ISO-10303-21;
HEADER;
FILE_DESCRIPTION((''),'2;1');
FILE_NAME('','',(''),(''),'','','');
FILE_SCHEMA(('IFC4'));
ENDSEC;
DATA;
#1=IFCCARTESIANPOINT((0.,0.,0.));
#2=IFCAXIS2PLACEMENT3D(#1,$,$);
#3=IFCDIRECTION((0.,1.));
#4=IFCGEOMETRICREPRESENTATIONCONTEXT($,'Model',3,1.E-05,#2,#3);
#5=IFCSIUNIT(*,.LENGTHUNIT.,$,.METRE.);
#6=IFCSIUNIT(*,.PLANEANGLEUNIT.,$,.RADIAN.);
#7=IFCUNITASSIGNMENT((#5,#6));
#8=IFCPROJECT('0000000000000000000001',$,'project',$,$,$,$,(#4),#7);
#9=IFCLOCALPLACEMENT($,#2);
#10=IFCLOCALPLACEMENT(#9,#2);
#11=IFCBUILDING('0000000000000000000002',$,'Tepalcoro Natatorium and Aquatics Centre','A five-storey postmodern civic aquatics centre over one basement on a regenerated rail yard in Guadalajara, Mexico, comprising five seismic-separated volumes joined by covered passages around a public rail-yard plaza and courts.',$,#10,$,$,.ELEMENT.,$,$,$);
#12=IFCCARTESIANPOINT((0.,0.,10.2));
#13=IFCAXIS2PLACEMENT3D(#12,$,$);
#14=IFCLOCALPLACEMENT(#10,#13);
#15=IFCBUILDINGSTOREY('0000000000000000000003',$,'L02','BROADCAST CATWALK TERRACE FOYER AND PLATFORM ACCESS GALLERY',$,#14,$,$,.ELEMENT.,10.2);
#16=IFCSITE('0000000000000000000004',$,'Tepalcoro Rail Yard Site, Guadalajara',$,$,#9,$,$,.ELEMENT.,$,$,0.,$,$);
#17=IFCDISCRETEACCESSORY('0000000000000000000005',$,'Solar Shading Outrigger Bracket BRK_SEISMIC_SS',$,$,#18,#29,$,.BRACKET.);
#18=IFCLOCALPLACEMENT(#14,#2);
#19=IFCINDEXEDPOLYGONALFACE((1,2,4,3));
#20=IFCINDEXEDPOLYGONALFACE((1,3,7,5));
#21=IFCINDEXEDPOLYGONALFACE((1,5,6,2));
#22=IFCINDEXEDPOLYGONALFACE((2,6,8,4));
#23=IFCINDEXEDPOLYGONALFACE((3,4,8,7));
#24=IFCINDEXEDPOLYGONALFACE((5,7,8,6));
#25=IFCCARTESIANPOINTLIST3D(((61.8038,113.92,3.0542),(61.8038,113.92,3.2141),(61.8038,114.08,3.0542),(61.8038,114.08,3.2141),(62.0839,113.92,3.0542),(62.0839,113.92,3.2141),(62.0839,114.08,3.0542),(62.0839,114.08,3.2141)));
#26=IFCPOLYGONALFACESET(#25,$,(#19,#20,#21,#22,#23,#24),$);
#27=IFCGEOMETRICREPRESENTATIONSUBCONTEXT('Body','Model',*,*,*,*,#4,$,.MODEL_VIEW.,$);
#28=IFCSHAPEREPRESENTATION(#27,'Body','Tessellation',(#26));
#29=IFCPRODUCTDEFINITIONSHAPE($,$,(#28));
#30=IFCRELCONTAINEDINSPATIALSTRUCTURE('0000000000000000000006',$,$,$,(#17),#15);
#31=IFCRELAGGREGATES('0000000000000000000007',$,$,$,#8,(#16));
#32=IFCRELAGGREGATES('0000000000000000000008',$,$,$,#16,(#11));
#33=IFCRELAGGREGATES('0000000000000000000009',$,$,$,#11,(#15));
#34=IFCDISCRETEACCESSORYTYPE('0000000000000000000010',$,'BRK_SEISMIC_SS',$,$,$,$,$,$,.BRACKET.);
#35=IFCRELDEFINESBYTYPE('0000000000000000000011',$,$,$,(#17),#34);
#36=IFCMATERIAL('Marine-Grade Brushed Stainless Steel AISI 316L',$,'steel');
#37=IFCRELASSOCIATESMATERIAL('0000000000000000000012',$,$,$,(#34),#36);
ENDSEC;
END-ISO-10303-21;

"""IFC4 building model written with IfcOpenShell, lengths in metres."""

from ifc_helpers import new_model, si_unit, direction, frame, origin, origin_2d, place, context, subcontext, project, spatial, rectangle, extrude, material, type_object, element, save


model = new_model("IFC4")

# Units and contexts
model_context = context("Model", 3, precision=1e-05, world=origin(), true_north=direction((0.0, 1.0)))
body_context = subcontext(model_context, "Body", "Model", "MODEL_VIEW")
ifc_project = project(units=[si_unit("LENGTHUNIT", "METRE"), si_unit("PLANEANGLEUNIT", "RADIAN")], contexts=[model_context])

# Site, building, storey
site_placement = place(None, origin())
site = spatial("IfcSite", under=ifc_project, at=site_placement, Name="Tepalcoro Rail Yard Site, Guadalajara", CompositionType="ELEMENT", RefElevation=0.0)
building_placement = place(site_placement, origin())
building = spatial("IfcBuilding", under=site, at=building_placement, Name="Tepalcoro Natatorium and Aquatics Centre", Description="A five-storey postmodern civic aquatics centre over one basement on a regenerated rail yard in Guadalajara, Mexico, comprising five seismic-separated volumes joined by covered passages around a public rail-yard plaza and courts.", CompositionType="ELEMENT")
storey_placement = place(building_placement, frame((0.0, 0.0, 10.2)))
storey = spatial("IfcBuildingStorey", under=building, at=storey_placement, Name="L02", Description="BROADCAST CATWALK TERRACE FOYER AND PLATFORM ACCESS GALLERY", CompositionType="ELEMENT", Elevation=10.2)

# Discrete accessory
ifc_material_1 = material(Name="Marine-Grade Brushed Stainless Steel AISI 316L", Category="steel")
discrete_accessory_type = type_object("IfcDiscreteAccessoryType", Name="BRK_SEISMIC_SS", PredefinedType="BRACKET", material=ifc_material_1)
discrete_accessory_placement = place(storey_placement, frame((61.9438, 114.0, 3.0542), z_axis=(0.0, 0.0, 1.0), x_axis=(1.0, 0.0, 0.0)))
element("IfcDiscreteAccessory", 1, at=discrete_accessory_placement, inside=storey, type_object=discrete_accessory_type, Name="Solar Shading Outrigger Bracket BRK_SEISMIC_SS", PredefinedType="BRACKET", context=body_context, shape_type="SweptSolid", body=[
    extrude(rectangle(XDim=0.28, YDim=0.1599, at=origin_2d()), origin(), (0.0, 0.0, 1.0), 0.1599),
])

save(model, "model.ifc")
